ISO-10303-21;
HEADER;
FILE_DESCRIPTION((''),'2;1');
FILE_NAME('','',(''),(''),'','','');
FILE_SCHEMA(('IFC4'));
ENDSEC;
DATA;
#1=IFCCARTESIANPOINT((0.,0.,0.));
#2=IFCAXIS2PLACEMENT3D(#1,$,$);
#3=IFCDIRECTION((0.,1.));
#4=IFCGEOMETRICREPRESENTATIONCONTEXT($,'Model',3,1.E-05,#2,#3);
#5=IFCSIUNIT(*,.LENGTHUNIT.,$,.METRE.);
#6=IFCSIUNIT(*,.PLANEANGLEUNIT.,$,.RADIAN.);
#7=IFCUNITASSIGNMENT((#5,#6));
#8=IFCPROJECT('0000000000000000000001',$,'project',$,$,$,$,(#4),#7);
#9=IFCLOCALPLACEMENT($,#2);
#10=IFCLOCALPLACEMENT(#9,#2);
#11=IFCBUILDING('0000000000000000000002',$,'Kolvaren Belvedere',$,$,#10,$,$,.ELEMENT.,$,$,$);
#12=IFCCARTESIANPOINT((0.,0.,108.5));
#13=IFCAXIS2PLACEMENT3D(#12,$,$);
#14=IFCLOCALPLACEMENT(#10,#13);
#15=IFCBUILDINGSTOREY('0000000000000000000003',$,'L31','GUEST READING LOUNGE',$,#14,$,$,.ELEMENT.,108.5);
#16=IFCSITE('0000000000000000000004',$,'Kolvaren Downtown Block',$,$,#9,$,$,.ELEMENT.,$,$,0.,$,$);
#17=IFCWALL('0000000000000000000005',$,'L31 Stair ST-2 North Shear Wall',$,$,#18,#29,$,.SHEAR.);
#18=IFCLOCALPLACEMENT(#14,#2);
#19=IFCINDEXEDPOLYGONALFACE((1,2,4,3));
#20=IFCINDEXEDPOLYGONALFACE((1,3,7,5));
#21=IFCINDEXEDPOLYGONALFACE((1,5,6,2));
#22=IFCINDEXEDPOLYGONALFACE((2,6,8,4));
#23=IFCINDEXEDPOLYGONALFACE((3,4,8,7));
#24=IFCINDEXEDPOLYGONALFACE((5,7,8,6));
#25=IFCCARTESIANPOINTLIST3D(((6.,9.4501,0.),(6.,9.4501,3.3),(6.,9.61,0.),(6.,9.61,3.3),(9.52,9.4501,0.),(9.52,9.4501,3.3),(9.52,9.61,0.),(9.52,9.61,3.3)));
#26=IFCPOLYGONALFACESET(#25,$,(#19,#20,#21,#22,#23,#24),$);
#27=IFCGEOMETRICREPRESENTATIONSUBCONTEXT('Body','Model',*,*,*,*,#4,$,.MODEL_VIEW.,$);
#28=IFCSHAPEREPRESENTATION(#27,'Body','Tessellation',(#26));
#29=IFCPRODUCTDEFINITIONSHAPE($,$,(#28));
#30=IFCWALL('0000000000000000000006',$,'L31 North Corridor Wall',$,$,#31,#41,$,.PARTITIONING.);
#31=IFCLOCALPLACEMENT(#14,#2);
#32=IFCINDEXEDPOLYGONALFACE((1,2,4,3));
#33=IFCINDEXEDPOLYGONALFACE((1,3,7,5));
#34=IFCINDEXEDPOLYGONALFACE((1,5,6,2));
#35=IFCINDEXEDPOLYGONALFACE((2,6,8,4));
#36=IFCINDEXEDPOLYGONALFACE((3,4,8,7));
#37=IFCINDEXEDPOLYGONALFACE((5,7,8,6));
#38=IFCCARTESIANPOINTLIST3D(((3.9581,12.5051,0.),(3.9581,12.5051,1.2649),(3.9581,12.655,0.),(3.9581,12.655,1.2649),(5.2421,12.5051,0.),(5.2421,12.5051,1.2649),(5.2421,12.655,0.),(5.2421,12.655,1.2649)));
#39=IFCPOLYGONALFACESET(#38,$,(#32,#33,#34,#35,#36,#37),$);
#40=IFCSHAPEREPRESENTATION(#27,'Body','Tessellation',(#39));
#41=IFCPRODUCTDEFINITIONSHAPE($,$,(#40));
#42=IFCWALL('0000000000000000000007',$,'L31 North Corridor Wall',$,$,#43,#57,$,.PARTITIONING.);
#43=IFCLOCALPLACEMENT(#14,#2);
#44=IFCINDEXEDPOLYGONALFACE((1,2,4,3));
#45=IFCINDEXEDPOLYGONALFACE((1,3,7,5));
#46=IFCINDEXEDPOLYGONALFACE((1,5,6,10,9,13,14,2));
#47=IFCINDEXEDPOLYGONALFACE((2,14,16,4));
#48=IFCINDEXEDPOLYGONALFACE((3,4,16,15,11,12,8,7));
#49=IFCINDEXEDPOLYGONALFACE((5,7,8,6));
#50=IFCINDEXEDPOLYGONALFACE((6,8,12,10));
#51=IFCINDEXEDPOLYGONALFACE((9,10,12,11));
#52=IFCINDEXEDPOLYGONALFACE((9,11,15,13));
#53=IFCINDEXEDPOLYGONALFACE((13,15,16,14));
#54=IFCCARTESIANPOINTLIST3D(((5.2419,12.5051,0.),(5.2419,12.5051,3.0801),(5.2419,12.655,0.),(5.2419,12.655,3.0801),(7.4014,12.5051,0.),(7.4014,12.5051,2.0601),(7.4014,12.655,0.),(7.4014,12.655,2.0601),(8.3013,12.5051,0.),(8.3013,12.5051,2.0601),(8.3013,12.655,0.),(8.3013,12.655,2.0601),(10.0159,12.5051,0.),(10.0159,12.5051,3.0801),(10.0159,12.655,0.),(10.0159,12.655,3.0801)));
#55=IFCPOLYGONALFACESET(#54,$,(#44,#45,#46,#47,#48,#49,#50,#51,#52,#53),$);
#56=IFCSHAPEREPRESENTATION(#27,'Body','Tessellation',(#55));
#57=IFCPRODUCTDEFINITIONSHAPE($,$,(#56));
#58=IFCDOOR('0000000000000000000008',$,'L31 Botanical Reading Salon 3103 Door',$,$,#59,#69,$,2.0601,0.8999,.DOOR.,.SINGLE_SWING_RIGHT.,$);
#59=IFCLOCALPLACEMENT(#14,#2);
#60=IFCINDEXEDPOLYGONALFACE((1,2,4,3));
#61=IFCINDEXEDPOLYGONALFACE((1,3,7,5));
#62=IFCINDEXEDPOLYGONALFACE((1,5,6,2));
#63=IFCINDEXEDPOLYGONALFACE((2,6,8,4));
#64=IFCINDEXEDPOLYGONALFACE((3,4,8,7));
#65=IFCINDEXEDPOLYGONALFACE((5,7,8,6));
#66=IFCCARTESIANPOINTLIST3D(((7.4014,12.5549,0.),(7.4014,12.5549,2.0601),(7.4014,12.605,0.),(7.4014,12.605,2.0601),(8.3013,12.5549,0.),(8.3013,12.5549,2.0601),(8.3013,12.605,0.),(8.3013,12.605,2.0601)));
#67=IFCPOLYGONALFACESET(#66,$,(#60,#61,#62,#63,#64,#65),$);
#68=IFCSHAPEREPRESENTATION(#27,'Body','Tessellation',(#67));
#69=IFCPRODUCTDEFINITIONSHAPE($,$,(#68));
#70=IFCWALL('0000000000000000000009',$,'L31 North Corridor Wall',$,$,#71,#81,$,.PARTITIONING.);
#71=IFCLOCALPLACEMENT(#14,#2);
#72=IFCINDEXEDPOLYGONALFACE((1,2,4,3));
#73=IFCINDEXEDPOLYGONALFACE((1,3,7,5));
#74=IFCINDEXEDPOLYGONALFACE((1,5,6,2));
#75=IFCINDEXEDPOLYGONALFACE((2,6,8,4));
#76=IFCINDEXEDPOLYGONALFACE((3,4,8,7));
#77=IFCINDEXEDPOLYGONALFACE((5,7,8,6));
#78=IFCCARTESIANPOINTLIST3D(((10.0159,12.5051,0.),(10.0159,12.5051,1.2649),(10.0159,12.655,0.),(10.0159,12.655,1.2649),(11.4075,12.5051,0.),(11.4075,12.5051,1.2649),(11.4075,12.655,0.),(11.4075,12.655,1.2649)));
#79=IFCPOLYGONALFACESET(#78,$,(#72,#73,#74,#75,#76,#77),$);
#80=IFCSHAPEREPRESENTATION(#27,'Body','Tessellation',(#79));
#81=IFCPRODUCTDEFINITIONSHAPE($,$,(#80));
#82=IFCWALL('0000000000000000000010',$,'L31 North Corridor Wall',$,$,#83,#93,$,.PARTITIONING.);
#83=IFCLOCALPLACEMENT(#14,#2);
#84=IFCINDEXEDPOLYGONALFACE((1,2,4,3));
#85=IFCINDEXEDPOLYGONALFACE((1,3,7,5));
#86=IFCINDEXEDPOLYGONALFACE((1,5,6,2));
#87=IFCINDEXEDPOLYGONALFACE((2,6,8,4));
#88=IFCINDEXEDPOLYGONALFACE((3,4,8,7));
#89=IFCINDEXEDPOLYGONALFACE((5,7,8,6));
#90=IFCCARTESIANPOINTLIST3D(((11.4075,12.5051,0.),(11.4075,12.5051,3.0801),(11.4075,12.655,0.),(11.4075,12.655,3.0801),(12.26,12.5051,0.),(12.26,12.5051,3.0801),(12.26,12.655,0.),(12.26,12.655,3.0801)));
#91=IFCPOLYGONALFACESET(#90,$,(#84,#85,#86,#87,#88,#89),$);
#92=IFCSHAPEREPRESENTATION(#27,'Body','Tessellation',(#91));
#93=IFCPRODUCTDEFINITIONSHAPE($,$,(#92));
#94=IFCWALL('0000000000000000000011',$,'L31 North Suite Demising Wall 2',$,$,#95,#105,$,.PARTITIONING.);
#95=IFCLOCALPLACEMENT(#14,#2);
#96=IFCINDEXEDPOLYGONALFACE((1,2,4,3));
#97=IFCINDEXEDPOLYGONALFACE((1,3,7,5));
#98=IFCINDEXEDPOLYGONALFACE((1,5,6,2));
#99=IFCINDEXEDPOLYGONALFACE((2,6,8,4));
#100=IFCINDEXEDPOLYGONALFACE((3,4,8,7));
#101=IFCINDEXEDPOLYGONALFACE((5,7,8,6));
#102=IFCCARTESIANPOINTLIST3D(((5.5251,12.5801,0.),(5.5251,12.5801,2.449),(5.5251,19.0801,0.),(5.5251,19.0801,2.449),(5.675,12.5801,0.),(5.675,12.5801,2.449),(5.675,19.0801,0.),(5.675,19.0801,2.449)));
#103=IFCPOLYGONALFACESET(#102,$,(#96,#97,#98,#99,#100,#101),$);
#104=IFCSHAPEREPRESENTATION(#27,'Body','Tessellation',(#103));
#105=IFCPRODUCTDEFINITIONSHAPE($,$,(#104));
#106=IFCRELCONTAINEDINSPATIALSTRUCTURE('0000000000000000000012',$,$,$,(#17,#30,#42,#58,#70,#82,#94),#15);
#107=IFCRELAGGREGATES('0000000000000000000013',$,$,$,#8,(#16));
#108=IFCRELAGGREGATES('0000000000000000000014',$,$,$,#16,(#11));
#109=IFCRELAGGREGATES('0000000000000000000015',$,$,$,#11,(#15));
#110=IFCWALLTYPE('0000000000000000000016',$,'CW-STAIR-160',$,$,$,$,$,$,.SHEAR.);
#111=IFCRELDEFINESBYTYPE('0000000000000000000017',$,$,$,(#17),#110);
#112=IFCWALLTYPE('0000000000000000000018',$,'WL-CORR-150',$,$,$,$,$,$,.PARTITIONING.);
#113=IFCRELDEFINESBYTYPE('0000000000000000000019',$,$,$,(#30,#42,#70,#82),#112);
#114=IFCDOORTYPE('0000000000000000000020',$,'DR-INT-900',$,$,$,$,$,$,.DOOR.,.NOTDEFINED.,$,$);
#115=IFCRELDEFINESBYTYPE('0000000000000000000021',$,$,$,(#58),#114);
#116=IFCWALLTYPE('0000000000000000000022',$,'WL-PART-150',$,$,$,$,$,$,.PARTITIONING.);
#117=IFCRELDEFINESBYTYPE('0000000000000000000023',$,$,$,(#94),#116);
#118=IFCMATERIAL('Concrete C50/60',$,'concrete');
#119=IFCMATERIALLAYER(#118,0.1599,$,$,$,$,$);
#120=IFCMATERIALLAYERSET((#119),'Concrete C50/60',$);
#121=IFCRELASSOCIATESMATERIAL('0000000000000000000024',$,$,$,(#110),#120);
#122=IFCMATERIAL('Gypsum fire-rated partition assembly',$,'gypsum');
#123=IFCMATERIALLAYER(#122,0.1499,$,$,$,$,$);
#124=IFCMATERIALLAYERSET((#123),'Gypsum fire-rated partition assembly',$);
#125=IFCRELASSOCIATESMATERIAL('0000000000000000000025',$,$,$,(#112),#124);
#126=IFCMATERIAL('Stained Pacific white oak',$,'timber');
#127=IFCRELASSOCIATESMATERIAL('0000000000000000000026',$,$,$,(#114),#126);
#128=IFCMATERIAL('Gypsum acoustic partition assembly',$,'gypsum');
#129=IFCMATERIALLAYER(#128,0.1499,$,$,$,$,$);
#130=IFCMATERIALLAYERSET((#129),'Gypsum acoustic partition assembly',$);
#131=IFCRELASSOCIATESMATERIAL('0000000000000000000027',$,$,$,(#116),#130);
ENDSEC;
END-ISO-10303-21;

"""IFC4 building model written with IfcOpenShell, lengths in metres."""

from ifc_helpers import new_model, si_unit, direction, frame, frame_2d, origin, place, context, subcontext, project, spatial, rectangle, extrude, material, layer, layer_set, type_object, element, fill, save


model = new_model("IFC4")

# Units and contexts
model_context = context("Model", 3, precision=1e-05, world=origin(), true_north=direction((0.0, 1.0)))
body_context = subcontext(model_context, "Body", "Model", "MODEL_VIEW")
ifc_project = project(units=[si_unit("LENGTHUNIT", "METRE"), si_unit("PLANEANGLEUNIT", "RADIAN")], contexts=[model_context])

# Site, building, storey
site_placement = place(None, origin())
site = spatial("IfcSite", under=ifc_project, at=site_placement, Name="Kolvaren Downtown Block", CompositionType="ELEMENT", RefElevation=0.0)
building_placement = place(site_placement, origin())
building = spatial("IfcBuilding", under=site, at=building_placement, Name="Kolvaren Belvedere", CompositionType="ELEMENT")
storey_placement = place(building_placement, frame((0.0, 0.0, 108.5)))
storey = spatial("IfcBuildingStorey", under=building, at=storey_placement, Name="L31", Description="GUEST READING LOUNGE", CompositionType="ELEMENT", Elevation=108.5)

# Walls
ifc_material_1 = material(Name="Concrete C50/60", Category="concrete")
ifc_layer_1 = layer(ifc_material_1, 0.1599)
ifc_layer_set_1 = layer_set([ifc_layer_1], Name="Concrete C50/60")
wall_type_1 = type_object("IfcWallType", Name="CW-STAIR-160", PredefinedType="SHEAR", material=ifc_layer_set_1)
wall_1_placement = place(storey_placement, frame((6.0, 9.53, 0.0), z_axis=(0.0, 0.0, 1.0), x_axis=(1.0, 0.0, 0.0)))
element("IfcWall", 1, at=wall_1_placement, inside=storey, type_object=wall_type_1, Name="L31 Stair ST-2 North Shear Wall", PredefinedType="SHEAR", context=body_context, shape_type="SweptSolid", body=[
    extrude(rectangle(XDim=3.52, YDim=0.1599, at=frame_2d((1.76, 0.0))), origin(), (0.0, 0.0, 1.0), 3.3),
])
ifc_material_2 = material(Name="Gypsum fire-rated partition assembly", Category="gypsum")
ifc_layer_2 = layer(ifc_material_2, 0.1499)
ifc_layer_set_2 = layer_set([ifc_layer_2], Name="Gypsum fire-rated partition assembly")
wall_type_2 = type_object("IfcWallType", Name="WL-CORR-150", PredefinedType="PARTITIONING", material=ifc_layer_set_2)
wall_2_placement = place(storey_placement, frame((3.958, 12.5801, 0.0), z_axis=(0.0, 0.0, 1.0), x_axis=(1.0, 0.0, 0.0)))
element("IfcWall", 2, at=wall_2_placement, inside=storey, type_object=wall_type_2, Name="L31 North Corridor Wall", PredefinedType="PARTITIONING", context=body_context, shape_type="SweptSolid", body=[
    extrude(rectangle(XDim=1.2839, YDim=0.1499, at=frame_2d((0.6421, 0.0))), origin(), (0.0, 0.0, 1.0), 1.2649),
])

# Wall, opening, door
wall_3_placement = place(storey_placement, frame((5.2419, 12.5801, 0.0), z_axis=(0.0, 0.0, 1.0), x_axis=(1.0, 0.0, 0.0)))
wall_3 = element("IfcWall", 3, at=wall_3_placement, inside=storey, type_object=wall_type_2, Name="L31 North Corridor Wall", PredefinedType="PARTITIONING", context=body_context, shape_type="SweptSolid", body=[
    extrude(rectangle(XDim=4.7739, YDim=0.1499, at=frame_2d((2.387, 0.0))), origin(), (0.0, 0.0, 1.0), 3.0801),
])
opening_placement = place(wall_3_placement, frame((2.1594, 0.0, 0.0)))
opening = element("IfcOpeningElement", 4, at=opening_placement, cuts=wall_3, PredefinedType="OPENING", context=body_context, shape_type="SweptSolid", body=[
    extrude(rectangle(XDim=0.8999, YDim=2.0601, at=frame_2d((0.45, 1.03))), frame((0.0, 0.085, 0.0), z_axis=(0.0, -1.0, 0.0), x_axis=(1.0, 0.0, 0.0)), (0.0, 0.0, 1.0), 0.1699),
])
ifc_material_3 = material(Name="Stained Pacific white oak", Category="timber")
door_type = type_object("IfcDoorType", Name="DR-INT-900", OperationType="NOTDEFINED", PredefinedType="DOOR", material=ifc_material_3)
door_placement = place(opening_placement, origin())
door = element("IfcDoor", 5, at=door_placement, inside=storey, type_object=door_type, Name="L31 Botanical Reading Salon 3103 Door", OperationType="SINGLE_SWING_RIGHT", OverallHeight=2.0601, OverallWidth=0.8999, PredefinedType="DOOR", context=body_context, shape_type="SweptSolid", body=[
    extrude(rectangle(XDim=0.8999, YDim=2.0601, at=frame_2d((0.45, 1.03))), frame((0.0, 0.0249, 0.0), z_axis=(0.0, -1.0, 0.0), x_axis=(1.0, 0.0, 0.0)), (0.0, 0.0, 1.0), 0.05),
])
fill(opening, door)

# Walls
wall_4_placement = place(storey_placement, frame((10.0159, 12.5801, 0.0), z_axis=(0.0, 0.0, 1.0), x_axis=(1.0, 0.0, 0.0)))
element("IfcWall", 6, at=wall_4_placement, inside=storey, type_object=wall_type_2, Name="L31 North Corridor Wall", PredefinedType="PARTITIONING", context=body_context, shape_type="SweptSolid", body=[
    extrude(rectangle(XDim=1.3916, YDim=0.1499, at=frame_2d((0.6958, 0.0))), origin(), (0.0, 0.0, 1.0), 1.2649),
])
wall_5_placement = place(storey_placement, frame((11.4075, 12.5801, 0.0), z_axis=(0.0, 0.0, 1.0), x_axis=(1.0, 0.0, 0.0)))
element("IfcWall", 7, at=wall_5_placement, inside=storey, type_object=wall_type_2, Name="L31 North Corridor Wall", PredefinedType="PARTITIONING", context=body_context, shape_type="SweptSolid", body=[
    extrude(rectangle(XDim=0.8525, YDim=0.1499, at=frame_2d((0.4263, 0.0))), origin(), (0.0, 0.0, 1.0), 3.0801),
])
ifc_material_4 = material(Name="Gypsum acoustic partition assembly", Category="gypsum")
ifc_layer_3 = layer(ifc_material_4, 0.1499)
ifc_layer_set_3 = layer_set([ifc_layer_3], Name="Gypsum acoustic partition assembly")
wall_type_3 = type_object("IfcWallType", Name="WL-PART-150", PredefinedType="PARTITIONING", material=ifc_layer_set_3)
wall_6_placement = place(storey_placement, frame((5.6001, 12.5801, 0.0), z_axis=(0.0, 0.0, 1.0), x_axis=(0.0, 1.0, 0.0)))
element("IfcWall", 8, at=wall_6_placement, inside=storey, type_object=wall_type_3, Name="L31 North Suite Demising Wall 2", PredefinedType="PARTITIONING", context=body_context, shape_type="SweptSolid", body=[
    extrude(rectangle(XDim=6.5, YDim=0.1499, at=frame_2d((3.25, 0.0))), origin(), (0.0, 0.0, 1.0), 2.449),
])

save(model, "model.ifc")
